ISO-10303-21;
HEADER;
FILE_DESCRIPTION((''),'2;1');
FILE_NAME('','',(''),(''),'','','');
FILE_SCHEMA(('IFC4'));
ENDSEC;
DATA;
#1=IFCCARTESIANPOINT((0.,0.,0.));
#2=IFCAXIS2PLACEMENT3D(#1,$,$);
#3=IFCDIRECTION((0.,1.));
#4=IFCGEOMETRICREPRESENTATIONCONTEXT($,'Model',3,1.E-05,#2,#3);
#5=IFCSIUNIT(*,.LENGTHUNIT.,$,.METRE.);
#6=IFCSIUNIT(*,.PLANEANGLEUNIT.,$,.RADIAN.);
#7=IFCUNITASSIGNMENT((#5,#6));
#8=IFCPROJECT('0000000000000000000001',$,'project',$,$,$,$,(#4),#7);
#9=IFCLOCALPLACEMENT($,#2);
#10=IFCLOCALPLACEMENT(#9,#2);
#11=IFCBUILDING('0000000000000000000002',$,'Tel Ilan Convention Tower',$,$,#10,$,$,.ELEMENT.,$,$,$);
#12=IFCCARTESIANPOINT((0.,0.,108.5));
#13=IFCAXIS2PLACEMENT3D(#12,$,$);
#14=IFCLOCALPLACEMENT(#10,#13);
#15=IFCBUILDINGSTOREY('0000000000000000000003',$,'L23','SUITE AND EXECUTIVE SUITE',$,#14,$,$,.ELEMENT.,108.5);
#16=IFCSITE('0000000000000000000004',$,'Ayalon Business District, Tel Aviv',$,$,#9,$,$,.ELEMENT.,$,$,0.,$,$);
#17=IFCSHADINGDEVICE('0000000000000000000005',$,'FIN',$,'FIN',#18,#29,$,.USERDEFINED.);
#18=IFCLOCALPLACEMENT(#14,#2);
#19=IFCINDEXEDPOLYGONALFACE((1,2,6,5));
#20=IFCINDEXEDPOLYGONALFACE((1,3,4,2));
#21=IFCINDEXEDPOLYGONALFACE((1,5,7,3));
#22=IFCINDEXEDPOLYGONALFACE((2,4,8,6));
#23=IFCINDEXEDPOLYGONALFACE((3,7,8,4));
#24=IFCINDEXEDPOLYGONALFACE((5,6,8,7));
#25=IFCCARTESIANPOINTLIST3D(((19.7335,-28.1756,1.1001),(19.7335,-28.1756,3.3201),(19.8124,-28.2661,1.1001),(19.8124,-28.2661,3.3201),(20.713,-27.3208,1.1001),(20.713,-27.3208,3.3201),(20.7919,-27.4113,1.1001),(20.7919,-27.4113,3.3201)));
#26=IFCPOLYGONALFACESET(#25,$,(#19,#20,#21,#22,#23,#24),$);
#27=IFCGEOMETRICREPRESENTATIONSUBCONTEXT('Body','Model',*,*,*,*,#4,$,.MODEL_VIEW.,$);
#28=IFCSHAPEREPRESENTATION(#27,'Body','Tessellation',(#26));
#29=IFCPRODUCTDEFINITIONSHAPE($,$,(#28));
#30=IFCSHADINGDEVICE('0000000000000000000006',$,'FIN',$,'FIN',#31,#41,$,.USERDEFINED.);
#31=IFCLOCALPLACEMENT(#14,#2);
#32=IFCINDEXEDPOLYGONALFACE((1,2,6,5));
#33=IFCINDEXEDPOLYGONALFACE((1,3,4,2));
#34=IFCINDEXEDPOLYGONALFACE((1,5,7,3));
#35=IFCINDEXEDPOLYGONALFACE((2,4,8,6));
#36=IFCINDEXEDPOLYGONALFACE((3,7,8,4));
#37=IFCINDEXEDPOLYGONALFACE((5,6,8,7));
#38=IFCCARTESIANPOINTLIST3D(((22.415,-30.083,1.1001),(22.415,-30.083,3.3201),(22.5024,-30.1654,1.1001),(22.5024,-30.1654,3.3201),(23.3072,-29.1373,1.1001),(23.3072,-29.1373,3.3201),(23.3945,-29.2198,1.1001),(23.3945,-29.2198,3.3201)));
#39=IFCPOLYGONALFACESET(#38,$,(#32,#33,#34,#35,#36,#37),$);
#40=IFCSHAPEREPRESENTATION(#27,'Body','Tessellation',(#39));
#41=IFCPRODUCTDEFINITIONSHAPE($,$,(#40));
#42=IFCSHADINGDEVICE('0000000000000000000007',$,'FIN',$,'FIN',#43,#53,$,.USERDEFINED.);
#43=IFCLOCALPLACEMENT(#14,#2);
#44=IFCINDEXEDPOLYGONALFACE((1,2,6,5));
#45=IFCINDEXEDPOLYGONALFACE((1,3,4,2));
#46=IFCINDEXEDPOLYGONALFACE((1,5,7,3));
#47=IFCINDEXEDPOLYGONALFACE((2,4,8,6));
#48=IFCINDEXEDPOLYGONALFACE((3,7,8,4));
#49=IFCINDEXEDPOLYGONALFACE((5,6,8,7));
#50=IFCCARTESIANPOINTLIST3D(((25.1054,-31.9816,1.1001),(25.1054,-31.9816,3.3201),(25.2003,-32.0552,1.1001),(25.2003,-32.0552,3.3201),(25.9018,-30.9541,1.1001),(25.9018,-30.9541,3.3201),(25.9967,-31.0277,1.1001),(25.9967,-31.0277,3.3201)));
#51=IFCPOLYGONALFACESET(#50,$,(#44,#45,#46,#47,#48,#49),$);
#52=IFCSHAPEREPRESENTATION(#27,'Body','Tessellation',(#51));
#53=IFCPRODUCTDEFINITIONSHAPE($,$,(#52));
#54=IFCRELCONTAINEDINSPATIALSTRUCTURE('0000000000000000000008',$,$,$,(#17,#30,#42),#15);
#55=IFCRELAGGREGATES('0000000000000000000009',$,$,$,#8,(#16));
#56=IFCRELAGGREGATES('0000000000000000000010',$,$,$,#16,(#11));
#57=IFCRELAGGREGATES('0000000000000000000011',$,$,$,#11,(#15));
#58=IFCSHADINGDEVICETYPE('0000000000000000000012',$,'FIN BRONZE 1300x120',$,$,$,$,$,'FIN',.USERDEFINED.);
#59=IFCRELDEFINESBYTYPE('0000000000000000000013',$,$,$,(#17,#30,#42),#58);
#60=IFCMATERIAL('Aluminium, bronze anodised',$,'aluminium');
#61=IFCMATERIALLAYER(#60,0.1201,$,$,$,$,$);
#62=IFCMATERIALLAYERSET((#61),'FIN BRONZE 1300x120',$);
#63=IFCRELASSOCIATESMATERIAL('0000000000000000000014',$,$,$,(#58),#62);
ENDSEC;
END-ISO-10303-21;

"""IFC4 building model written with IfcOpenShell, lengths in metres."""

from ifc_helpers import new_model, si_unit, direction, frame, origin, origin_2d, place, context, subcontext, project, spatial, rectangle, extrude, material, layer, layer_set, type_object, element, save


model = new_model("IFC4")

# Units and contexts
model_context = context("Model", 3, precision=1e-05, world=origin(), true_north=direction((0.0, 1.0)))
body_context = subcontext(model_context, "Body", "Model", "MODEL_VIEW")
ifc_project = project(units=[si_unit("LENGTHUNIT", "METRE"), si_unit("PLANEANGLEUNIT", "RADIAN")], contexts=[model_context])

# Site, building, storey
site_placement = place(None, origin())
site = spatial("IfcSite", under=ifc_project, at=site_placement, Name="Ayalon Business District, Tel Aviv", CompositionType="ELEMENT", RefElevation=0.0)
building_placement = place(site_placement, origin())
building = spatial("IfcBuilding", under=site, at=building_placement, Name="Tel Ilan Convention Tower", CompositionType="ELEMENT")
storey_placement = place(building_placement, frame((0.0, 0.0, 108.5)))
storey = spatial("IfcBuildingStorey", under=building, at=storey_placement, Name="L23", Description="SUITE AND EXECUTIVE SUITE", CompositionType="ELEMENT", Elevation=108.5)

# Shading devices
ifc_material_1 = material(Name="Aluminium, bronze anodised", Category="aluminium")
ifc_layer_1 = layer(ifc_material_1, 0.1201)
ifc_layer_set_1 = layer_set([ifc_layer_1], Name="FIN BRONZE 1300x120")
shading_device_type = type_object("IfcShadingDeviceType", Name="FIN BRONZE 1300x120", ElementType="FIN", PredefinedType="USERDEFINED", material=ifc_layer_set_1)
for number, where, z_axis, x_axis, name in (
    (1, (20.2627, -27.7935, 1.1001), (0.0, 0.0, 1.0), (-0.753436, -0.657521, 0.0), "FIN"),
    (2, (22.9048, -29.6514, 1.1001), (0.0, 0.0, 1.0), (-0.686242, -0.727374, 0.0), "FIN"),
    (3, (25.551, -31.5046, 1.1001), (0.0, 0.0, 1.0), (-0.612601, -0.790393, 0.0), "FIN"),
):
    element("IfcShadingDevice", number, at=place(storey_placement, frame(where, z_axis=z_axis, x_axis=x_axis)), inside=storey, type_object=shading_device_type, Name=name, ObjectType="FIN", PredefinedType="USERDEFINED", context=body_context, shape_type="SweptSolid", body=[
        extrude(rectangle(XDim=1.3, YDim=0.1201, at=origin_2d()), origin(), (0.0, 0.0, 1.0), 2.22),
    ])

save(model, "model.ifc")
